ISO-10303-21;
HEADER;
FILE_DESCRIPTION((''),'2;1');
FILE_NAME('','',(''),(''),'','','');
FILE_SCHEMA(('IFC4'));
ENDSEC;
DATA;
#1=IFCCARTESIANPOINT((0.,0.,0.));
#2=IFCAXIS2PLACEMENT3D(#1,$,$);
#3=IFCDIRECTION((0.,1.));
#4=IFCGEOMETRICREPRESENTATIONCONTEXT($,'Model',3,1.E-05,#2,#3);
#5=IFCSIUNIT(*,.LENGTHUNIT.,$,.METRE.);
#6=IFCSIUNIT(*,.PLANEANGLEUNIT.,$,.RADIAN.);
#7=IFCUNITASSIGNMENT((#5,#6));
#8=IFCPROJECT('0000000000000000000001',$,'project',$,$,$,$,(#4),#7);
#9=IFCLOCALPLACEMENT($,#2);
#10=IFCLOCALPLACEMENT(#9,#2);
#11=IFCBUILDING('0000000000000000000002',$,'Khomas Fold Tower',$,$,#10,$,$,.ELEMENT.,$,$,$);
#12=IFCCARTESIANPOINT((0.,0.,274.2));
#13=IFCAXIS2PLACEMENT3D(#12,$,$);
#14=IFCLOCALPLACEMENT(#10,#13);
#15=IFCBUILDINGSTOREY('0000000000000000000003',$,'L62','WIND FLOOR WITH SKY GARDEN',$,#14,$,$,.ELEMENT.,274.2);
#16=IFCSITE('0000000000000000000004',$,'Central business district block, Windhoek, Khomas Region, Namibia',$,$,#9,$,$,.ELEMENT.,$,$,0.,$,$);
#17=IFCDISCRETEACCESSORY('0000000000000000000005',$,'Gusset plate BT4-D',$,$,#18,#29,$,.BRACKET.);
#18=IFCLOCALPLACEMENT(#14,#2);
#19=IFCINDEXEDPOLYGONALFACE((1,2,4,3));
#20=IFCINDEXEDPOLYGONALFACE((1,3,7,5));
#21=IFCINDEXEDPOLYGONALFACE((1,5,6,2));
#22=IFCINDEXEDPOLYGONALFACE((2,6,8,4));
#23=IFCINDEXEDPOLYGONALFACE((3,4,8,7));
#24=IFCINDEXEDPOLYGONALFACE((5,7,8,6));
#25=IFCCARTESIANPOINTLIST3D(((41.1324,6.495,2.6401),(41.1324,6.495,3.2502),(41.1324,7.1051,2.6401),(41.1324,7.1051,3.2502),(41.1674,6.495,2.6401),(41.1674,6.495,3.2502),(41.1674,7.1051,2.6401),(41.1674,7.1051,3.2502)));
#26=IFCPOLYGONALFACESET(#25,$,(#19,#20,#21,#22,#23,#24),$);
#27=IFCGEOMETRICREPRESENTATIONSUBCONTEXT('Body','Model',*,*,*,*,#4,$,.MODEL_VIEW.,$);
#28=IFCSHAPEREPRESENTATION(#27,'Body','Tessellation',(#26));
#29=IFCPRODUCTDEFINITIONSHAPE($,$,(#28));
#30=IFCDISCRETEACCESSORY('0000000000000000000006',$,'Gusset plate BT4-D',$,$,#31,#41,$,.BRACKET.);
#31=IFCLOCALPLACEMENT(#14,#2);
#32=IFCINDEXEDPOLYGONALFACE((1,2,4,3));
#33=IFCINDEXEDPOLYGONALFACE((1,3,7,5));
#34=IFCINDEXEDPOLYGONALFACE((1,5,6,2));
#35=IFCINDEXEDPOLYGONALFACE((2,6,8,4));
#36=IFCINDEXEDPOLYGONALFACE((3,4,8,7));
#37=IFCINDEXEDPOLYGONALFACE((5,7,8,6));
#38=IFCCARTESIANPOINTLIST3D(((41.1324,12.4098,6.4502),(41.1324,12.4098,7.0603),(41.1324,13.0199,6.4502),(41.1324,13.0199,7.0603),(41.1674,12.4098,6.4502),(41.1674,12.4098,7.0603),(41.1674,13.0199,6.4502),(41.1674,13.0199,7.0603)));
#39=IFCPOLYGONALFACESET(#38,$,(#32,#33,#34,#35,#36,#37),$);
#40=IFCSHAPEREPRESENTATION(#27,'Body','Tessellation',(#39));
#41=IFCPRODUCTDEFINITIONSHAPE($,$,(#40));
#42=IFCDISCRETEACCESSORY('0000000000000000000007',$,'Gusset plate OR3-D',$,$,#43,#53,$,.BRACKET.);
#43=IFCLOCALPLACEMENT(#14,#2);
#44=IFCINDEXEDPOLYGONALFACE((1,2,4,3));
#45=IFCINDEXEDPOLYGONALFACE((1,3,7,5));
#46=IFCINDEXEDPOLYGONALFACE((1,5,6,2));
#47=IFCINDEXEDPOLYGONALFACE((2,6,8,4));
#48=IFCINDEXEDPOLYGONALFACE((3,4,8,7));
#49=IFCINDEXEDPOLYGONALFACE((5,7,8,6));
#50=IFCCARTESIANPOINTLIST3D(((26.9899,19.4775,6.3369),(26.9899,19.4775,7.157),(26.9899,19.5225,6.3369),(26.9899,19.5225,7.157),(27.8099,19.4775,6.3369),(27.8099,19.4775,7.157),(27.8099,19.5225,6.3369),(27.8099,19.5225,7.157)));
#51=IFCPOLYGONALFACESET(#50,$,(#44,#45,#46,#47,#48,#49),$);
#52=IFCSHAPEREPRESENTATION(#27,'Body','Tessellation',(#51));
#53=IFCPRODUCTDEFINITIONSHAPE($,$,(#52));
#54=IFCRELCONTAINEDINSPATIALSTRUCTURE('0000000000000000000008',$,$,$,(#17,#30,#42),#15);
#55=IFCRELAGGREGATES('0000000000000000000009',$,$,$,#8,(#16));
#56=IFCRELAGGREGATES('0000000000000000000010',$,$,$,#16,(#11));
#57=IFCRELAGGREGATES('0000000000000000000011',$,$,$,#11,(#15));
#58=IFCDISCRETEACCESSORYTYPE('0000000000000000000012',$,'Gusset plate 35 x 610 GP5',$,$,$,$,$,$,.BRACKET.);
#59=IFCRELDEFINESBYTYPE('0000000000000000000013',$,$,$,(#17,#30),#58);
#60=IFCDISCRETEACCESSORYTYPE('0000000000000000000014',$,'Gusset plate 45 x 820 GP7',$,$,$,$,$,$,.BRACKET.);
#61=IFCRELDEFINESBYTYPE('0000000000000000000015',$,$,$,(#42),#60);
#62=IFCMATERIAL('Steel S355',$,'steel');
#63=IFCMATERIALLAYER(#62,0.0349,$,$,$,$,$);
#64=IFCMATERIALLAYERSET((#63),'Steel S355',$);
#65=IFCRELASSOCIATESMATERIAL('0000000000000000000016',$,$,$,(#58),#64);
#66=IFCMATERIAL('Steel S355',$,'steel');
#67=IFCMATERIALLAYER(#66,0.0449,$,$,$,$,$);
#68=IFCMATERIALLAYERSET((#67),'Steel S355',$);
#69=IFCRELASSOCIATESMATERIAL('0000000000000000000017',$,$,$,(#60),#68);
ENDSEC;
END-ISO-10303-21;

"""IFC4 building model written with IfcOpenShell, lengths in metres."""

from ifc_helpers import new_model, si_unit, direction, frame, origin, origin_2d, place, context, subcontext, project, spatial, rectangle, extrude, source, transform, mapped, material, layer, layer_set, type_object, element, save


model = new_model("IFC4")

# Units and contexts
model_context = context("Model", 3, precision=1e-05, world=origin(), true_north=direction((0.0, 1.0)))
body_context = subcontext(model_context, "Body", "Model", "MODEL_VIEW")
ifc_project = project(units=[si_unit("LENGTHUNIT", "METRE"), si_unit("PLANEANGLEUNIT", "RADIAN")], contexts=[model_context])

# Site, building, storey
site_placement = place(None, origin())
site = spatial("IfcSite", under=ifc_project, at=site_placement, Name="Central business district block, Windhoek, Khomas Region, Namibia", CompositionType="ELEMENT", RefElevation=0.0)
building_placement = place(site_placement, origin())
building = spatial("IfcBuilding", under=site, at=building_placement, Name="Khomas Fold Tower", CompositionType="ELEMENT")
storey_placement = place(building_placement, frame((0.0, 0.0, 274.2)))
storey = spatial("IfcBuildingStorey", under=building, at=storey_placement, Name="L62", Description="WIND FLOOR WITH SKY GARDEN", CompositionType="ELEMENT", Elevation=274.2)

# Discrete accessories
ifc_material_1 = material(Name="Steel S355", Category="steel")
ifc_layer_1 = layer(ifc_material_1, 0.0349)
ifc_layer_set_1 = layer_set([ifc_layer_1], Name="Steel S355")
discrete_accessory_type_1 = type_object("IfcDiscreteAccessoryType", Name="Gusset plate 35 x 610 GP5", PredefinedType="BRACKET", material=ifc_layer_set_1)
shared_shape_1 = source(origin(), body_context, "Body", "SweptSolid", [
    extrude(rectangle(XDim=0.6101, YDim=0.0349, at=origin_2d()), origin(), (0.0, 0.0, 1.0), 0.6101),
])
for number, where, z_axis, x_axis, name in (
    (1, (41.1499, 6.8, 2.6401), (0.0, 0.0, 1.0), (0.0, 1.0, 0.0), "Gusset plate BT4-D"),
    (2, (41.1499, 12.7148, 6.4502), (0.0, 0.0, 1.0), (0.0, 1.0, 0.0), "Gusset plate BT4-D"),
):
    element("IfcDiscreteAccessory", number, at=place(storey_placement, frame(where, z_axis=z_axis, x_axis=x_axis)), inside=storey, type_object=discrete_accessory_type_1, Name=name, PredefinedType="BRACKET", context=body_context, shape_type="MappedRepresentation", body=[
        mapped(shared_shape_1, transform((0.0, 0.0, 0.0))),
    ])
ifc_material_2 = material(Name="Steel S355", Category="steel")
ifc_layer_2 = layer(ifc_material_2, 0.0449)
ifc_layer_set_2 = layer_set([ifc_layer_2], Name="Steel S355")
discrete_accessory_type_2 = type_object("IfcDiscreteAccessoryType", Name="Gusset plate 45 x 820 GP7", PredefinedType="BRACKET", material=ifc_layer_set_2)
shared_shape_2 = source(origin(), body_context, "Body", "SweptSolid", [
    extrude(rectangle(XDim=0.8201, YDim=0.0449, at=origin_2d()), origin(), (0.0, 0.0, 1.0), 0.8201),
])
discrete_accessory_placement = place(storey_placement, frame((27.3999, 19.5, 6.3369), z_axis=(0.0, 0.0, 1.0), x_axis=(1.0, 0.0, 0.0)))
element("IfcDiscreteAccessory", 3, at=discrete_accessory_placement, inside=storey, type_object=discrete_accessory_type_2, Name="Gusset plate OR3-D", PredefinedType="BRACKET", context=body_context, shape_type="MappedRepresentation", body=[
    mapped(shared_shape_2, transform((0.0, 0.0, 0.0))),
])

save(model, "model.ifc")
